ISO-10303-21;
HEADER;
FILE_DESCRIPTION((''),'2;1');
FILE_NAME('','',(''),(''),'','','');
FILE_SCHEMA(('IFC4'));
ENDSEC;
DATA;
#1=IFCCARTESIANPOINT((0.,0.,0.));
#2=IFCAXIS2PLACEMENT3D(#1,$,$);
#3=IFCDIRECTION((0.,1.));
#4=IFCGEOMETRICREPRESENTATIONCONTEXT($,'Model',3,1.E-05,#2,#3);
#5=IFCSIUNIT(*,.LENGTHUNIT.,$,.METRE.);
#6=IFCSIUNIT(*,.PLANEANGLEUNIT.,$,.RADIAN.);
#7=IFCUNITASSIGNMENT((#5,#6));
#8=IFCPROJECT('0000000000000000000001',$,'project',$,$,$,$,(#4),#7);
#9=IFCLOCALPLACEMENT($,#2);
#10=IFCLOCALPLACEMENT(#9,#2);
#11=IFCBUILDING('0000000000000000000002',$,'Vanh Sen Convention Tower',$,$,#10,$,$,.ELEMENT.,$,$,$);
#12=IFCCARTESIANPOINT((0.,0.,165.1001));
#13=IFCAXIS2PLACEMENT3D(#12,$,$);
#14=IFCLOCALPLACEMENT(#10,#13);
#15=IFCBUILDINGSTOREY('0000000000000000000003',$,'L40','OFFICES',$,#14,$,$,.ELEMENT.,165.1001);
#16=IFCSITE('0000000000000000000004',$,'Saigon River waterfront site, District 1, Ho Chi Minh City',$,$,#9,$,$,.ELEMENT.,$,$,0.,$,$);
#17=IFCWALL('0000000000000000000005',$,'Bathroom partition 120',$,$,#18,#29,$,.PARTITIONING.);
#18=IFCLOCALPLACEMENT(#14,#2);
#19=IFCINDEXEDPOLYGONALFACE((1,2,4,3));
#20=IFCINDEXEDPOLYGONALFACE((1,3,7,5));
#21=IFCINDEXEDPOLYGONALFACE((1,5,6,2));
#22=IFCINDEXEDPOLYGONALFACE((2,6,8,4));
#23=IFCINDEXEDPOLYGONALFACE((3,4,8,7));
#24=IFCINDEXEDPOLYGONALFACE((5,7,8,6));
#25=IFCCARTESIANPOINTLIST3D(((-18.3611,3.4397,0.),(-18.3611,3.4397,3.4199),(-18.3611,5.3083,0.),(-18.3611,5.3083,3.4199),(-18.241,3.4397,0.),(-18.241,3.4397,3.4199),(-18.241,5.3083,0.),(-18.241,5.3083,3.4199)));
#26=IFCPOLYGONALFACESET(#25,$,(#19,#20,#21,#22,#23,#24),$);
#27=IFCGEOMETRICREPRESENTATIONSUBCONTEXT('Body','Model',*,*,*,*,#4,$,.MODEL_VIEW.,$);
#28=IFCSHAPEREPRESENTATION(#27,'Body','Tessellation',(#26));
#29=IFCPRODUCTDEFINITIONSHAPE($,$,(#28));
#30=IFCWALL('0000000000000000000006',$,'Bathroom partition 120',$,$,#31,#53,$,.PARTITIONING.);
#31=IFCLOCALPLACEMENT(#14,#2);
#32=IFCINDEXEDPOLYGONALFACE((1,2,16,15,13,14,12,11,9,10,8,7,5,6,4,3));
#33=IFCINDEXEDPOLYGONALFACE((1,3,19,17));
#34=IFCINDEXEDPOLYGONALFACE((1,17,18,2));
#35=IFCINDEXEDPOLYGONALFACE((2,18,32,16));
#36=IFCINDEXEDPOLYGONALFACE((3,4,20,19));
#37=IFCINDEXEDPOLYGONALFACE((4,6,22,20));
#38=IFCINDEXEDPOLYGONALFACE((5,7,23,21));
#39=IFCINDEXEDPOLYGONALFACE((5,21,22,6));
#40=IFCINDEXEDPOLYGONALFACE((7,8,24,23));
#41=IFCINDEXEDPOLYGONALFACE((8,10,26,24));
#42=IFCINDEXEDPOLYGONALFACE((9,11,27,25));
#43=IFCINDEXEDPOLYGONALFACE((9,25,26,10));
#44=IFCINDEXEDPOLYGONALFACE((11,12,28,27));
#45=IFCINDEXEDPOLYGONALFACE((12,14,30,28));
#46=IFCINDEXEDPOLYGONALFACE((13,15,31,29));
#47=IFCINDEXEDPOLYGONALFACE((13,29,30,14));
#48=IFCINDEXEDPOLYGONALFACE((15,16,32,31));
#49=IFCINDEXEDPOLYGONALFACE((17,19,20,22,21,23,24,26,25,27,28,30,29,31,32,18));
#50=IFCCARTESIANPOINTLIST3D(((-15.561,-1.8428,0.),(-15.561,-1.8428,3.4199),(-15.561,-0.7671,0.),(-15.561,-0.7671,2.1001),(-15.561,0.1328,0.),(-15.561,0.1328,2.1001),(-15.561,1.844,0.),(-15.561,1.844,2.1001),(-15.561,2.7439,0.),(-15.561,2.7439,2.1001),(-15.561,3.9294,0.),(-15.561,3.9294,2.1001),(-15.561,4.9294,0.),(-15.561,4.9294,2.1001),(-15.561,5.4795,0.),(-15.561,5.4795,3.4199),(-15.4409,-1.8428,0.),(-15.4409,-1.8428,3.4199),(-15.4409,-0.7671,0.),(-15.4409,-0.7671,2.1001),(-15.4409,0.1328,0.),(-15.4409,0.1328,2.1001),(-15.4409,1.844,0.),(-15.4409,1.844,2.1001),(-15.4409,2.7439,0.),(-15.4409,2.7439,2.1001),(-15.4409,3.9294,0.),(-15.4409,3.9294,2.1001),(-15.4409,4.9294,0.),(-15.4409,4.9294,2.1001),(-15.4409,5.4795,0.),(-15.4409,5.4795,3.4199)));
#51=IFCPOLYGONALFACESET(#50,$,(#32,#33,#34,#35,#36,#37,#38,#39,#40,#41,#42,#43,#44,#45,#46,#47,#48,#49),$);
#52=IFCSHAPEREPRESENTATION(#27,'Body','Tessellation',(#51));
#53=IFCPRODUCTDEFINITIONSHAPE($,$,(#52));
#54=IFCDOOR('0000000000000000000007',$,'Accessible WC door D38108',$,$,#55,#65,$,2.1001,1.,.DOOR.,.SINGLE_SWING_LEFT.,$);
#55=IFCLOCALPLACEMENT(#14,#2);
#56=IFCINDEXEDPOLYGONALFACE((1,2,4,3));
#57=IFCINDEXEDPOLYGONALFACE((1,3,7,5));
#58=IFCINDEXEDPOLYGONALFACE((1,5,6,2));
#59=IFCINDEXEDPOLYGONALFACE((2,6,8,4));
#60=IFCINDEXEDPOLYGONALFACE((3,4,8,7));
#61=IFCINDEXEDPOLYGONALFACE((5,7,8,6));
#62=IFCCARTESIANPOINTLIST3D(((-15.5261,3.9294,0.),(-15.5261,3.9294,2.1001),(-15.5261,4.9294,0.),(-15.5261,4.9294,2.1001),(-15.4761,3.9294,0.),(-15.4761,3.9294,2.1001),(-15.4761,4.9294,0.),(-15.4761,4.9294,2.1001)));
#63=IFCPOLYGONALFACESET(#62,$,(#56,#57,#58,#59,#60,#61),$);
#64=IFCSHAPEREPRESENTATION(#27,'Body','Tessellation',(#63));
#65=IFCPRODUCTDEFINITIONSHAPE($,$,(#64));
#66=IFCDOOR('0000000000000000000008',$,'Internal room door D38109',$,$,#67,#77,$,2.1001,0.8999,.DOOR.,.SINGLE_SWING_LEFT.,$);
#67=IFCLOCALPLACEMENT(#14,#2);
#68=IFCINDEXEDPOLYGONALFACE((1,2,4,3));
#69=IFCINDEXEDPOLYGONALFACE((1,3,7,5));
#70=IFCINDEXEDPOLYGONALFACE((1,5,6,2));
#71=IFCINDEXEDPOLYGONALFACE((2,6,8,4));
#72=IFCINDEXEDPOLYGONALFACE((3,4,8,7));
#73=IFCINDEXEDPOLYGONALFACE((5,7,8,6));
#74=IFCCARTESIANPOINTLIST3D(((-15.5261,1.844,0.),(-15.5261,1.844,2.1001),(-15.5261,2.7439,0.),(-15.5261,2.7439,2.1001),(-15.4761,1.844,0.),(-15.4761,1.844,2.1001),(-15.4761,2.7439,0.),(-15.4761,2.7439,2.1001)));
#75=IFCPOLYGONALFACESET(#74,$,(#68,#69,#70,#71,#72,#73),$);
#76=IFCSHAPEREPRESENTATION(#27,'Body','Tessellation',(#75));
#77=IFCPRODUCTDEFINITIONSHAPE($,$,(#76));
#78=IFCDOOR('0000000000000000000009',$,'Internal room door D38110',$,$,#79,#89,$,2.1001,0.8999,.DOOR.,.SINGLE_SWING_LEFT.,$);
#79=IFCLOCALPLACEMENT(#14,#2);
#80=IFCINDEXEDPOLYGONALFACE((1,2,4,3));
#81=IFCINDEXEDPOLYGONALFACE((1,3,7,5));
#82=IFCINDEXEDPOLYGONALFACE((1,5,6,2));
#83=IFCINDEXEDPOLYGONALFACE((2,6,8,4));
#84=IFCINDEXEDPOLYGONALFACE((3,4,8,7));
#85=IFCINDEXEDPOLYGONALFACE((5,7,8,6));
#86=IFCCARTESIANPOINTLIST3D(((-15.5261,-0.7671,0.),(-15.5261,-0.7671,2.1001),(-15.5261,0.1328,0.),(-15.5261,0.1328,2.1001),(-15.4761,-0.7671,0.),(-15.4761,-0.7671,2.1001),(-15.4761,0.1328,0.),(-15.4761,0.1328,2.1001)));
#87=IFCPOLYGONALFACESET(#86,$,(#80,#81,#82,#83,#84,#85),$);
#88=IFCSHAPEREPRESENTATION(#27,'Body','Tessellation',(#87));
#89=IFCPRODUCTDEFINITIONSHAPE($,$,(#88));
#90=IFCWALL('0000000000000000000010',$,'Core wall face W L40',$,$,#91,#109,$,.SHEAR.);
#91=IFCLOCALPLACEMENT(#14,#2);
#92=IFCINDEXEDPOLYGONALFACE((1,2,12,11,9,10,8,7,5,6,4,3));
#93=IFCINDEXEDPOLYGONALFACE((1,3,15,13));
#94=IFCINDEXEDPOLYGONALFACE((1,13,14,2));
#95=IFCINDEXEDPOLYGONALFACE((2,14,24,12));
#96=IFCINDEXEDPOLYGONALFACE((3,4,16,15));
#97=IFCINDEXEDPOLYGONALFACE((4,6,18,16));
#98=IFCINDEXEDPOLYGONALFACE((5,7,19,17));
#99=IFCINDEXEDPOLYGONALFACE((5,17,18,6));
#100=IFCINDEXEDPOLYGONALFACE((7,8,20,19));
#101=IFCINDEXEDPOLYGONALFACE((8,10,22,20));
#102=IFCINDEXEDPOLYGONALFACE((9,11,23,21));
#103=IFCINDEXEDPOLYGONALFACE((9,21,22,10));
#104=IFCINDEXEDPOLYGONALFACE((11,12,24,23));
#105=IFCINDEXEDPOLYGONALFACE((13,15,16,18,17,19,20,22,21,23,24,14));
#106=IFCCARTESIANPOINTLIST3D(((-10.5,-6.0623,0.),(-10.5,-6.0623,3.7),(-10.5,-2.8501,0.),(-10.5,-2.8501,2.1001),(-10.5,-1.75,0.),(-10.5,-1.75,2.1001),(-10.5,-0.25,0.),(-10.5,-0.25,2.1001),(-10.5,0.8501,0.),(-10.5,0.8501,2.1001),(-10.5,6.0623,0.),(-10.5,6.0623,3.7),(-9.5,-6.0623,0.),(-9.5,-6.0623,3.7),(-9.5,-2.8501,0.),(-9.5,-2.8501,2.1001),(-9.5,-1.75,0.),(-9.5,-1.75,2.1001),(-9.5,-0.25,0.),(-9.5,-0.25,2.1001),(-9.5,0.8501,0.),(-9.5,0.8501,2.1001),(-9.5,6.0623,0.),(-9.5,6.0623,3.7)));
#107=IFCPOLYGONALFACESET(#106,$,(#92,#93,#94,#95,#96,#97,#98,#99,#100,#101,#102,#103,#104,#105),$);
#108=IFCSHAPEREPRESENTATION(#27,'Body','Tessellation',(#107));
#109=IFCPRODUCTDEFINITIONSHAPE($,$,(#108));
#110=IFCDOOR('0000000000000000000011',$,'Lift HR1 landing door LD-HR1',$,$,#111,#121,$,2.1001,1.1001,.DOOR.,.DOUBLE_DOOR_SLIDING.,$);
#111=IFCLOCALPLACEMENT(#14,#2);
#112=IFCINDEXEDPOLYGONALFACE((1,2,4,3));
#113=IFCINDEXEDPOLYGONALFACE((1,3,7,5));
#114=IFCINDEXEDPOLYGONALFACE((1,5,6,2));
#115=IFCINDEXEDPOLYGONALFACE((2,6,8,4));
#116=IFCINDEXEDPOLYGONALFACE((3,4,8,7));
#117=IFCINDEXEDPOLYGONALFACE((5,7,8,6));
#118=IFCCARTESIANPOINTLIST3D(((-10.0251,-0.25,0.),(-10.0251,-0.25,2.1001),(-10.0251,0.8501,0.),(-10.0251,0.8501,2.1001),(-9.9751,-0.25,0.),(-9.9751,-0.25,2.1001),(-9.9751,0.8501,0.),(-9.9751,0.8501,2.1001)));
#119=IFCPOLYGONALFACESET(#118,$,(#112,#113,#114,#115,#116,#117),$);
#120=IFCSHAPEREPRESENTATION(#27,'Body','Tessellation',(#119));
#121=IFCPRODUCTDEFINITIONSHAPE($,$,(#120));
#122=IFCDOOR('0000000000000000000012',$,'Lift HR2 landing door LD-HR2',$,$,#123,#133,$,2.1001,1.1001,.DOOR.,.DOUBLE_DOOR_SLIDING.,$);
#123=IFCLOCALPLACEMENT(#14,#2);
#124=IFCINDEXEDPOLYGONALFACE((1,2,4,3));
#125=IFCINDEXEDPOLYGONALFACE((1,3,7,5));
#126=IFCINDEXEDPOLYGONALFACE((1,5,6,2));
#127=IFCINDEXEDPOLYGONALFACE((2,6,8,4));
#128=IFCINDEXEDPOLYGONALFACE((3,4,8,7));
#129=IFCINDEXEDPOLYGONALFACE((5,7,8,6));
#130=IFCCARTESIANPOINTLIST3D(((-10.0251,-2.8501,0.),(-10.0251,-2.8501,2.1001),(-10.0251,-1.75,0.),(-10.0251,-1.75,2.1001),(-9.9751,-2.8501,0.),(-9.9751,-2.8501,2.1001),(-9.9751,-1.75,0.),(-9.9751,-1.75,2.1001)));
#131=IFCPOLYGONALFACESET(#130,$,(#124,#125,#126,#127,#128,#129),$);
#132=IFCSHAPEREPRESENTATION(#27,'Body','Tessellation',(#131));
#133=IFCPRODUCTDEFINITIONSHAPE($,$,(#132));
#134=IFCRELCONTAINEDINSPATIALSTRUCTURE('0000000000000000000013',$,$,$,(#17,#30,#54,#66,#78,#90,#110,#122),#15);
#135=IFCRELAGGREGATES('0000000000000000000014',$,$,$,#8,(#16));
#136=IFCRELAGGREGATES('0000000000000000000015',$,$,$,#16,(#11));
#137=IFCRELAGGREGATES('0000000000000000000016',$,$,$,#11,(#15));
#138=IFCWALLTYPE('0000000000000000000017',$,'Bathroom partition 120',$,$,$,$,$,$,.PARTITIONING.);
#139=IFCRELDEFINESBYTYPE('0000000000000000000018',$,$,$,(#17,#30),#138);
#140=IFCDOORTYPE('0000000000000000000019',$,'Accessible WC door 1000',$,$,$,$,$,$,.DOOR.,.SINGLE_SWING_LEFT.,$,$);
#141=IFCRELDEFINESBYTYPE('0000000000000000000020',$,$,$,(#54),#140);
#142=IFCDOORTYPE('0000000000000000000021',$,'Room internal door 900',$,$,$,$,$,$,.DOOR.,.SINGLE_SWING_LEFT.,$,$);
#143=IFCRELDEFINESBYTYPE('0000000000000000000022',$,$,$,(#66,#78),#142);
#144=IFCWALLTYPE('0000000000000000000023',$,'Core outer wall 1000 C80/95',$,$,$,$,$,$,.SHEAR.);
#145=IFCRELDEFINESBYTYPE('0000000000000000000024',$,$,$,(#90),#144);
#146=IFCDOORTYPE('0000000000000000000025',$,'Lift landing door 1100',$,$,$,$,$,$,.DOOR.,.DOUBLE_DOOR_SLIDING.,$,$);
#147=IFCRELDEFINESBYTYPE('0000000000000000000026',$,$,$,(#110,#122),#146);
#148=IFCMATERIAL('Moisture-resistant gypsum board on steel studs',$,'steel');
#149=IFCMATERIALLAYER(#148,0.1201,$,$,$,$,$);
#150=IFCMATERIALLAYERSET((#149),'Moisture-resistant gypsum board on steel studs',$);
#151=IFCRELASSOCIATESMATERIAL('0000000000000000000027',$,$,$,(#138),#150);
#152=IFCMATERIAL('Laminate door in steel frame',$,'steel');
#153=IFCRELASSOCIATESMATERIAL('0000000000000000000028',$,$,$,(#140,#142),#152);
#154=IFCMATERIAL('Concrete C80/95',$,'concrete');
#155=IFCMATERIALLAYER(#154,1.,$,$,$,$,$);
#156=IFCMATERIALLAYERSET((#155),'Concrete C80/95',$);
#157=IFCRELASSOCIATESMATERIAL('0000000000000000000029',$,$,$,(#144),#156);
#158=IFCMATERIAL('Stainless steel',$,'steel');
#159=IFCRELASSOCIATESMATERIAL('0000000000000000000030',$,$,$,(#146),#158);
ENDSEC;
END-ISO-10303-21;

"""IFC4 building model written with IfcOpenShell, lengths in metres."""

from ifc_helpers import new_model, si_unit, direction, frame, frame_2d, origin, place, context, subcontext, project, spatial, rectangle, extrude, material, layer, layer_set, type_object, element, fill, save


model = new_model("IFC4")

# Units and contexts
model_context = context("Model", 3, precision=1e-05, world=origin(), true_north=direction((0.0, 1.0)))
body_context = subcontext(model_context, "Body", "Model", "MODEL_VIEW")
ifc_project = project(units=[si_unit("LENGTHUNIT", "METRE"), si_unit("PLANEANGLEUNIT", "RADIAN")], contexts=[model_context])

# Site, building, storey
site_placement = place(None, origin())
site = spatial("IfcSite", under=ifc_project, at=site_placement, Name="Saigon River waterfront site, District 1, Ho Chi Minh City", CompositionType="ELEMENT", RefElevation=0.0)
building_placement = place(site_placement, origin())
building = spatial("IfcBuilding", under=site, at=building_placement, Name="Vanh Sen Convention Tower", CompositionType="ELEMENT")
storey_placement = place(building_placement, frame((0.0, 0.0, 165.1001)))
storey = spatial("IfcBuildingStorey", under=building, at=storey_placement, Name="L40", Description="OFFICES", CompositionType="ELEMENT", Elevation=165.1001)

# Wall
ifc_material_1 = material(Name="Moisture-resistant gypsum board on steel studs", Category="steel")
ifc_layer_1 = layer(ifc_material_1, 0.1201)
ifc_layer_set_1 = layer_set([ifc_layer_1], Name="Moisture-resistant gypsum board on steel studs")
wall_type_1 = type_object("IfcWallType", Name="Bathroom partition 120", PredefinedType="PARTITIONING", material=ifc_layer_set_1)
wall_1_placement = place(storey_placement, frame((-18.301, 5.3083, 0.0), z_axis=(0.0, 0.0, 1.0), x_axis=(0.0, -1.0, 0.0)))
element("IfcWall", 1, at=wall_1_placement, inside=storey, type_object=wall_type_1, Name="Bathroom partition 120", PredefinedType="PARTITIONING", context=body_context, shape_type="SweptSolid", body=[
    extrude(rectangle(XDim=1.8687, YDim=0.1201, at=frame_2d((0.9343, 0.0))), origin(), (0.0, 0.0, 1.0), 3.4199),
])

# Walls, openings, doors
wall_2_placement = place(storey_placement, frame((-15.501, 5.4795, 0.0), z_axis=(0.0, 0.0, 1.0), x_axis=(0.0, -1.0, 0.0)))
wall_2 = element("IfcWall", 2, at=wall_2_placement, inside=storey, type_object=wall_type_1, Name="Bathroom partition 120", PredefinedType="PARTITIONING", context=body_context, shape_type="SweptSolid", body=[
    extrude(rectangle(XDim=7.3223, YDim=0.1201, at=frame_2d((3.6611, 0.0))), origin(), (0.0, 0.0, 1.0), 3.4199),
])
opening_1_placement = place(wall_2_placement, frame((0.55, 0.0, 0.0)))
opening_1 = element("IfcOpeningElement", 3, at=opening_1_placement, cuts=wall_2, PredefinedType="OPENING", context=body_context, shape_type="SweptSolid", body=[
    extrude(rectangle(XDim=1.0, YDim=2.1001, at=frame_2d((0.5, 1.05))), frame((0.0, 0.0701, 0.0), z_axis=(0.0, -1.0, 0.0), x_axis=(1.0, 0.0, 0.0)), (0.0, 0.0, 1.0), 0.1401),
])
opening_2_placement = place(wall_2_placement, frame((2.7356, 0.0, 0.0)))
opening_2 = element("IfcOpeningElement", 4, at=opening_2_placement, cuts=wall_2, PredefinedType="OPENING", context=body_context, shape_type="SweptSolid", body=[
    extrude(rectangle(XDim=0.8999, YDim=2.1001, at=frame_2d((0.45, 1.05))), frame((0.0, 0.0701, 0.0), z_axis=(0.0, -1.0, 0.0), x_axis=(1.0, 0.0, 0.0)), (0.0, 0.0, 1.0), 0.1401),
])
opening_3_placement = place(wall_2_placement, frame((5.3467, 0.0, 0.0)))
opening_3 = element("IfcOpeningElement", 5, at=opening_3_placement, cuts=wall_2, PredefinedType="OPENING", context=body_context, shape_type="SweptSolid", body=[
    extrude(rectangle(XDim=0.8999, YDim=2.1001, at=frame_2d((0.45, 1.05))), frame((0.0, 0.0701, 0.0), z_axis=(0.0, -1.0, 0.0), x_axis=(1.0, 0.0, 0.0)), (0.0, 0.0, 1.0), 0.1401),
])
ifc_material_2 = material(Name="Laminate door in steel frame", Category="steel")
door_type_1 = type_object("IfcDoorType", Name="Accessible WC door 1000", OperationType="SINGLE_SWING_LEFT", PredefinedType="DOOR", material=ifc_material_2)
door_1_placement = place(opening_1_placement, origin())
door_1 = element("IfcDoor", 6, at=door_1_placement, inside=storey, type_object=door_type_1, Name="Accessible WC door D38108", OperationType="SINGLE_SWING_LEFT", OverallHeight=2.1001, OverallWidth=1.0, PredefinedType="DOOR", context=body_context, shape_type="SweptSolid", body=[
    extrude(rectangle(XDim=1.0, YDim=2.1001, at=frame_2d((0.5, 1.05))), frame((0.0, 0.0249, 0.0), z_axis=(0.0, -1.0, 0.0), x_axis=(1.0, 0.0, 0.0)), (0.0, 0.0, 1.0), 0.05),
])
fill(opening_1, door_1)
door_type_2 = type_object("IfcDoorType", Name="Room internal door 900", OperationType="SINGLE_SWING_LEFT", PredefinedType="DOOR", material=ifc_material_2)
door_2_placement = place(opening_2_placement, origin())
door_2 = element("IfcDoor", 7, at=door_2_placement, inside=storey, type_object=door_type_2, Name="Internal room door D38109", OperationType="SINGLE_SWING_LEFT", OverallHeight=2.1001, OverallWidth=0.8999, PredefinedType="DOOR", context=body_context, shape_type="SweptSolid", body=[
    extrude(rectangle(XDim=0.8999, YDim=2.1001, at=frame_2d((0.45, 1.05))), frame((0.0, 0.0249, 0.0), z_axis=(0.0, -1.0, 0.0), x_axis=(1.0, 0.0, 0.0)), (0.0, 0.0, 1.0), 0.05),
])
fill(opening_2, door_2)
door_3_placement = place(opening_3_placement, origin())
door_3 = element("IfcDoor", 8, at=door_3_placement, inside=storey, type_object=door_type_2, Name="Internal room door D38110", OperationType="SINGLE_SWING_LEFT", OverallHeight=2.1001, OverallWidth=0.8999, PredefinedType="DOOR", context=body_context, shape_type="SweptSolid", body=[
    extrude(rectangle(XDim=0.8999, YDim=2.1001, at=frame_2d((0.45, 1.05))), frame((0.0, 0.0249, 0.0), z_axis=(0.0, -1.0, 0.0), x_axis=(1.0, 0.0, 0.0)), (0.0, 0.0, 1.0), 0.05),
])
fill(opening_3, door_3)
ifc_material_3 = material(Name="Concrete C80/95", Category="concrete")
ifc_layer_2 = layer(ifc_material_3, 1.0)
ifc_layer_set_2 = layer_set([ifc_layer_2], Name="Concrete C80/95")
wall_type_2 = type_object("IfcWallType", Name="Core outer wall 1000 C80/95", PredefinedType="SHEAR", material=ifc_layer_set_2)
wall_3_placement = place(storey_placement, frame((-10.0, 6.0623, 0.0), z_axis=(0.0, 0.0, 1.0), x_axis=(0.0, -1.0, 0.0)))
wall_3 = element("IfcWall", 9, at=wall_3_placement, inside=storey, type_object=wall_type_2, Name="Core wall face W L40", PredefinedType="SHEAR", context=body_context, shape_type="SweptSolid", body=[
    extrude(rectangle(XDim=12.1245, YDim=1.0, at=frame_2d((6.0623, 0.0))), origin(), (0.0, 0.0, 1.0), 3.7),
])
opening_4_placement = place(wall_3_placement, frame((5.2122, 0.0, 0.0)))
opening_4 = element("IfcOpeningElement", 10, at=opening_4_placement, cuts=wall_3, PredefinedType="OPENING", context=body_context, shape_type="SweptSolid", body=[
    extrude(rectangle(XDim=1.1001, YDim=2.1001, at=frame_2d((0.55, 1.05))), frame((0.0, 0.51, 0.0), z_axis=(0.0, -1.0, 0.0), x_axis=(1.0, 0.0, 0.0)), (0.0, 0.0, 1.0), 1.02),
])
opening_5_placement = place(wall_3_placement, frame((7.8123, 0.0, 0.0)))
opening_5 = element("IfcOpeningElement", 11, at=opening_5_placement, cuts=wall_3, PredefinedType="OPENING", context=body_context, shape_type="SweptSolid", body=[
    extrude(rectangle(XDim=1.1001, YDim=2.1001, at=frame_2d((0.55, 1.05))), frame((0.0, 0.51, 0.0), z_axis=(0.0, -1.0, 0.0), x_axis=(1.0, 0.0, 0.0)), (0.0, 0.0, 1.0), 1.02),
])
ifc_material_4 = material(Name="Stainless steel", Category="steel")
door_type_3 = type_object("IfcDoorType", Name="Lift landing door 1100", OperationType="DOUBLE_DOOR_SLIDING", PredefinedType="DOOR", material=ifc_material_4)
door_4_placement = place(opening_4_placement, origin())
door_4 = element("IfcDoor", 12, at=door_4_placement, inside=storey, type_object=door_type_3, Name="Lift HR1 landing door LD-HR1", OperationType="DOUBLE_DOOR_SLIDING", OverallHeight=2.1001, OverallWidth=1.1001, PredefinedType="DOOR", context=body_context, shape_type="SweptSolid", body=[
    extrude(rectangle(XDim=1.1001, YDim=2.1001, at=frame_2d((0.55, 1.05))), frame((0.0, 0.0249, 0.0), z_axis=(0.0, -1.0, 0.0), x_axis=(1.0, 0.0, 0.0)), (0.0, 0.0, 1.0), 0.05),
])
fill(opening_4, door_4)
door_5_placement = place(opening_5_placement, origin())
door_5 = element("IfcDoor", 13, at=door_5_placement, inside=storey, type_object=door_type_3, Name="Lift HR2 landing door LD-HR2", OperationType="DOUBLE_DOOR_SLIDING", OverallHeight=2.1001, OverallWidth=1.1001, PredefinedType="DOOR", context=body_context, shape_type="SweptSolid", body=[
    extrude(rectangle(XDim=1.1001, YDim=2.1001, at=frame_2d((0.55, 1.05))), frame((0.0, 0.0249, 0.0), z_axis=(0.0, -1.0, 0.0), x_axis=(1.0, 0.0, 0.0)), (0.0, 0.0, 1.0), 0.05),
])
fill(opening_5, door_5)

save(model, "model.ifc")
